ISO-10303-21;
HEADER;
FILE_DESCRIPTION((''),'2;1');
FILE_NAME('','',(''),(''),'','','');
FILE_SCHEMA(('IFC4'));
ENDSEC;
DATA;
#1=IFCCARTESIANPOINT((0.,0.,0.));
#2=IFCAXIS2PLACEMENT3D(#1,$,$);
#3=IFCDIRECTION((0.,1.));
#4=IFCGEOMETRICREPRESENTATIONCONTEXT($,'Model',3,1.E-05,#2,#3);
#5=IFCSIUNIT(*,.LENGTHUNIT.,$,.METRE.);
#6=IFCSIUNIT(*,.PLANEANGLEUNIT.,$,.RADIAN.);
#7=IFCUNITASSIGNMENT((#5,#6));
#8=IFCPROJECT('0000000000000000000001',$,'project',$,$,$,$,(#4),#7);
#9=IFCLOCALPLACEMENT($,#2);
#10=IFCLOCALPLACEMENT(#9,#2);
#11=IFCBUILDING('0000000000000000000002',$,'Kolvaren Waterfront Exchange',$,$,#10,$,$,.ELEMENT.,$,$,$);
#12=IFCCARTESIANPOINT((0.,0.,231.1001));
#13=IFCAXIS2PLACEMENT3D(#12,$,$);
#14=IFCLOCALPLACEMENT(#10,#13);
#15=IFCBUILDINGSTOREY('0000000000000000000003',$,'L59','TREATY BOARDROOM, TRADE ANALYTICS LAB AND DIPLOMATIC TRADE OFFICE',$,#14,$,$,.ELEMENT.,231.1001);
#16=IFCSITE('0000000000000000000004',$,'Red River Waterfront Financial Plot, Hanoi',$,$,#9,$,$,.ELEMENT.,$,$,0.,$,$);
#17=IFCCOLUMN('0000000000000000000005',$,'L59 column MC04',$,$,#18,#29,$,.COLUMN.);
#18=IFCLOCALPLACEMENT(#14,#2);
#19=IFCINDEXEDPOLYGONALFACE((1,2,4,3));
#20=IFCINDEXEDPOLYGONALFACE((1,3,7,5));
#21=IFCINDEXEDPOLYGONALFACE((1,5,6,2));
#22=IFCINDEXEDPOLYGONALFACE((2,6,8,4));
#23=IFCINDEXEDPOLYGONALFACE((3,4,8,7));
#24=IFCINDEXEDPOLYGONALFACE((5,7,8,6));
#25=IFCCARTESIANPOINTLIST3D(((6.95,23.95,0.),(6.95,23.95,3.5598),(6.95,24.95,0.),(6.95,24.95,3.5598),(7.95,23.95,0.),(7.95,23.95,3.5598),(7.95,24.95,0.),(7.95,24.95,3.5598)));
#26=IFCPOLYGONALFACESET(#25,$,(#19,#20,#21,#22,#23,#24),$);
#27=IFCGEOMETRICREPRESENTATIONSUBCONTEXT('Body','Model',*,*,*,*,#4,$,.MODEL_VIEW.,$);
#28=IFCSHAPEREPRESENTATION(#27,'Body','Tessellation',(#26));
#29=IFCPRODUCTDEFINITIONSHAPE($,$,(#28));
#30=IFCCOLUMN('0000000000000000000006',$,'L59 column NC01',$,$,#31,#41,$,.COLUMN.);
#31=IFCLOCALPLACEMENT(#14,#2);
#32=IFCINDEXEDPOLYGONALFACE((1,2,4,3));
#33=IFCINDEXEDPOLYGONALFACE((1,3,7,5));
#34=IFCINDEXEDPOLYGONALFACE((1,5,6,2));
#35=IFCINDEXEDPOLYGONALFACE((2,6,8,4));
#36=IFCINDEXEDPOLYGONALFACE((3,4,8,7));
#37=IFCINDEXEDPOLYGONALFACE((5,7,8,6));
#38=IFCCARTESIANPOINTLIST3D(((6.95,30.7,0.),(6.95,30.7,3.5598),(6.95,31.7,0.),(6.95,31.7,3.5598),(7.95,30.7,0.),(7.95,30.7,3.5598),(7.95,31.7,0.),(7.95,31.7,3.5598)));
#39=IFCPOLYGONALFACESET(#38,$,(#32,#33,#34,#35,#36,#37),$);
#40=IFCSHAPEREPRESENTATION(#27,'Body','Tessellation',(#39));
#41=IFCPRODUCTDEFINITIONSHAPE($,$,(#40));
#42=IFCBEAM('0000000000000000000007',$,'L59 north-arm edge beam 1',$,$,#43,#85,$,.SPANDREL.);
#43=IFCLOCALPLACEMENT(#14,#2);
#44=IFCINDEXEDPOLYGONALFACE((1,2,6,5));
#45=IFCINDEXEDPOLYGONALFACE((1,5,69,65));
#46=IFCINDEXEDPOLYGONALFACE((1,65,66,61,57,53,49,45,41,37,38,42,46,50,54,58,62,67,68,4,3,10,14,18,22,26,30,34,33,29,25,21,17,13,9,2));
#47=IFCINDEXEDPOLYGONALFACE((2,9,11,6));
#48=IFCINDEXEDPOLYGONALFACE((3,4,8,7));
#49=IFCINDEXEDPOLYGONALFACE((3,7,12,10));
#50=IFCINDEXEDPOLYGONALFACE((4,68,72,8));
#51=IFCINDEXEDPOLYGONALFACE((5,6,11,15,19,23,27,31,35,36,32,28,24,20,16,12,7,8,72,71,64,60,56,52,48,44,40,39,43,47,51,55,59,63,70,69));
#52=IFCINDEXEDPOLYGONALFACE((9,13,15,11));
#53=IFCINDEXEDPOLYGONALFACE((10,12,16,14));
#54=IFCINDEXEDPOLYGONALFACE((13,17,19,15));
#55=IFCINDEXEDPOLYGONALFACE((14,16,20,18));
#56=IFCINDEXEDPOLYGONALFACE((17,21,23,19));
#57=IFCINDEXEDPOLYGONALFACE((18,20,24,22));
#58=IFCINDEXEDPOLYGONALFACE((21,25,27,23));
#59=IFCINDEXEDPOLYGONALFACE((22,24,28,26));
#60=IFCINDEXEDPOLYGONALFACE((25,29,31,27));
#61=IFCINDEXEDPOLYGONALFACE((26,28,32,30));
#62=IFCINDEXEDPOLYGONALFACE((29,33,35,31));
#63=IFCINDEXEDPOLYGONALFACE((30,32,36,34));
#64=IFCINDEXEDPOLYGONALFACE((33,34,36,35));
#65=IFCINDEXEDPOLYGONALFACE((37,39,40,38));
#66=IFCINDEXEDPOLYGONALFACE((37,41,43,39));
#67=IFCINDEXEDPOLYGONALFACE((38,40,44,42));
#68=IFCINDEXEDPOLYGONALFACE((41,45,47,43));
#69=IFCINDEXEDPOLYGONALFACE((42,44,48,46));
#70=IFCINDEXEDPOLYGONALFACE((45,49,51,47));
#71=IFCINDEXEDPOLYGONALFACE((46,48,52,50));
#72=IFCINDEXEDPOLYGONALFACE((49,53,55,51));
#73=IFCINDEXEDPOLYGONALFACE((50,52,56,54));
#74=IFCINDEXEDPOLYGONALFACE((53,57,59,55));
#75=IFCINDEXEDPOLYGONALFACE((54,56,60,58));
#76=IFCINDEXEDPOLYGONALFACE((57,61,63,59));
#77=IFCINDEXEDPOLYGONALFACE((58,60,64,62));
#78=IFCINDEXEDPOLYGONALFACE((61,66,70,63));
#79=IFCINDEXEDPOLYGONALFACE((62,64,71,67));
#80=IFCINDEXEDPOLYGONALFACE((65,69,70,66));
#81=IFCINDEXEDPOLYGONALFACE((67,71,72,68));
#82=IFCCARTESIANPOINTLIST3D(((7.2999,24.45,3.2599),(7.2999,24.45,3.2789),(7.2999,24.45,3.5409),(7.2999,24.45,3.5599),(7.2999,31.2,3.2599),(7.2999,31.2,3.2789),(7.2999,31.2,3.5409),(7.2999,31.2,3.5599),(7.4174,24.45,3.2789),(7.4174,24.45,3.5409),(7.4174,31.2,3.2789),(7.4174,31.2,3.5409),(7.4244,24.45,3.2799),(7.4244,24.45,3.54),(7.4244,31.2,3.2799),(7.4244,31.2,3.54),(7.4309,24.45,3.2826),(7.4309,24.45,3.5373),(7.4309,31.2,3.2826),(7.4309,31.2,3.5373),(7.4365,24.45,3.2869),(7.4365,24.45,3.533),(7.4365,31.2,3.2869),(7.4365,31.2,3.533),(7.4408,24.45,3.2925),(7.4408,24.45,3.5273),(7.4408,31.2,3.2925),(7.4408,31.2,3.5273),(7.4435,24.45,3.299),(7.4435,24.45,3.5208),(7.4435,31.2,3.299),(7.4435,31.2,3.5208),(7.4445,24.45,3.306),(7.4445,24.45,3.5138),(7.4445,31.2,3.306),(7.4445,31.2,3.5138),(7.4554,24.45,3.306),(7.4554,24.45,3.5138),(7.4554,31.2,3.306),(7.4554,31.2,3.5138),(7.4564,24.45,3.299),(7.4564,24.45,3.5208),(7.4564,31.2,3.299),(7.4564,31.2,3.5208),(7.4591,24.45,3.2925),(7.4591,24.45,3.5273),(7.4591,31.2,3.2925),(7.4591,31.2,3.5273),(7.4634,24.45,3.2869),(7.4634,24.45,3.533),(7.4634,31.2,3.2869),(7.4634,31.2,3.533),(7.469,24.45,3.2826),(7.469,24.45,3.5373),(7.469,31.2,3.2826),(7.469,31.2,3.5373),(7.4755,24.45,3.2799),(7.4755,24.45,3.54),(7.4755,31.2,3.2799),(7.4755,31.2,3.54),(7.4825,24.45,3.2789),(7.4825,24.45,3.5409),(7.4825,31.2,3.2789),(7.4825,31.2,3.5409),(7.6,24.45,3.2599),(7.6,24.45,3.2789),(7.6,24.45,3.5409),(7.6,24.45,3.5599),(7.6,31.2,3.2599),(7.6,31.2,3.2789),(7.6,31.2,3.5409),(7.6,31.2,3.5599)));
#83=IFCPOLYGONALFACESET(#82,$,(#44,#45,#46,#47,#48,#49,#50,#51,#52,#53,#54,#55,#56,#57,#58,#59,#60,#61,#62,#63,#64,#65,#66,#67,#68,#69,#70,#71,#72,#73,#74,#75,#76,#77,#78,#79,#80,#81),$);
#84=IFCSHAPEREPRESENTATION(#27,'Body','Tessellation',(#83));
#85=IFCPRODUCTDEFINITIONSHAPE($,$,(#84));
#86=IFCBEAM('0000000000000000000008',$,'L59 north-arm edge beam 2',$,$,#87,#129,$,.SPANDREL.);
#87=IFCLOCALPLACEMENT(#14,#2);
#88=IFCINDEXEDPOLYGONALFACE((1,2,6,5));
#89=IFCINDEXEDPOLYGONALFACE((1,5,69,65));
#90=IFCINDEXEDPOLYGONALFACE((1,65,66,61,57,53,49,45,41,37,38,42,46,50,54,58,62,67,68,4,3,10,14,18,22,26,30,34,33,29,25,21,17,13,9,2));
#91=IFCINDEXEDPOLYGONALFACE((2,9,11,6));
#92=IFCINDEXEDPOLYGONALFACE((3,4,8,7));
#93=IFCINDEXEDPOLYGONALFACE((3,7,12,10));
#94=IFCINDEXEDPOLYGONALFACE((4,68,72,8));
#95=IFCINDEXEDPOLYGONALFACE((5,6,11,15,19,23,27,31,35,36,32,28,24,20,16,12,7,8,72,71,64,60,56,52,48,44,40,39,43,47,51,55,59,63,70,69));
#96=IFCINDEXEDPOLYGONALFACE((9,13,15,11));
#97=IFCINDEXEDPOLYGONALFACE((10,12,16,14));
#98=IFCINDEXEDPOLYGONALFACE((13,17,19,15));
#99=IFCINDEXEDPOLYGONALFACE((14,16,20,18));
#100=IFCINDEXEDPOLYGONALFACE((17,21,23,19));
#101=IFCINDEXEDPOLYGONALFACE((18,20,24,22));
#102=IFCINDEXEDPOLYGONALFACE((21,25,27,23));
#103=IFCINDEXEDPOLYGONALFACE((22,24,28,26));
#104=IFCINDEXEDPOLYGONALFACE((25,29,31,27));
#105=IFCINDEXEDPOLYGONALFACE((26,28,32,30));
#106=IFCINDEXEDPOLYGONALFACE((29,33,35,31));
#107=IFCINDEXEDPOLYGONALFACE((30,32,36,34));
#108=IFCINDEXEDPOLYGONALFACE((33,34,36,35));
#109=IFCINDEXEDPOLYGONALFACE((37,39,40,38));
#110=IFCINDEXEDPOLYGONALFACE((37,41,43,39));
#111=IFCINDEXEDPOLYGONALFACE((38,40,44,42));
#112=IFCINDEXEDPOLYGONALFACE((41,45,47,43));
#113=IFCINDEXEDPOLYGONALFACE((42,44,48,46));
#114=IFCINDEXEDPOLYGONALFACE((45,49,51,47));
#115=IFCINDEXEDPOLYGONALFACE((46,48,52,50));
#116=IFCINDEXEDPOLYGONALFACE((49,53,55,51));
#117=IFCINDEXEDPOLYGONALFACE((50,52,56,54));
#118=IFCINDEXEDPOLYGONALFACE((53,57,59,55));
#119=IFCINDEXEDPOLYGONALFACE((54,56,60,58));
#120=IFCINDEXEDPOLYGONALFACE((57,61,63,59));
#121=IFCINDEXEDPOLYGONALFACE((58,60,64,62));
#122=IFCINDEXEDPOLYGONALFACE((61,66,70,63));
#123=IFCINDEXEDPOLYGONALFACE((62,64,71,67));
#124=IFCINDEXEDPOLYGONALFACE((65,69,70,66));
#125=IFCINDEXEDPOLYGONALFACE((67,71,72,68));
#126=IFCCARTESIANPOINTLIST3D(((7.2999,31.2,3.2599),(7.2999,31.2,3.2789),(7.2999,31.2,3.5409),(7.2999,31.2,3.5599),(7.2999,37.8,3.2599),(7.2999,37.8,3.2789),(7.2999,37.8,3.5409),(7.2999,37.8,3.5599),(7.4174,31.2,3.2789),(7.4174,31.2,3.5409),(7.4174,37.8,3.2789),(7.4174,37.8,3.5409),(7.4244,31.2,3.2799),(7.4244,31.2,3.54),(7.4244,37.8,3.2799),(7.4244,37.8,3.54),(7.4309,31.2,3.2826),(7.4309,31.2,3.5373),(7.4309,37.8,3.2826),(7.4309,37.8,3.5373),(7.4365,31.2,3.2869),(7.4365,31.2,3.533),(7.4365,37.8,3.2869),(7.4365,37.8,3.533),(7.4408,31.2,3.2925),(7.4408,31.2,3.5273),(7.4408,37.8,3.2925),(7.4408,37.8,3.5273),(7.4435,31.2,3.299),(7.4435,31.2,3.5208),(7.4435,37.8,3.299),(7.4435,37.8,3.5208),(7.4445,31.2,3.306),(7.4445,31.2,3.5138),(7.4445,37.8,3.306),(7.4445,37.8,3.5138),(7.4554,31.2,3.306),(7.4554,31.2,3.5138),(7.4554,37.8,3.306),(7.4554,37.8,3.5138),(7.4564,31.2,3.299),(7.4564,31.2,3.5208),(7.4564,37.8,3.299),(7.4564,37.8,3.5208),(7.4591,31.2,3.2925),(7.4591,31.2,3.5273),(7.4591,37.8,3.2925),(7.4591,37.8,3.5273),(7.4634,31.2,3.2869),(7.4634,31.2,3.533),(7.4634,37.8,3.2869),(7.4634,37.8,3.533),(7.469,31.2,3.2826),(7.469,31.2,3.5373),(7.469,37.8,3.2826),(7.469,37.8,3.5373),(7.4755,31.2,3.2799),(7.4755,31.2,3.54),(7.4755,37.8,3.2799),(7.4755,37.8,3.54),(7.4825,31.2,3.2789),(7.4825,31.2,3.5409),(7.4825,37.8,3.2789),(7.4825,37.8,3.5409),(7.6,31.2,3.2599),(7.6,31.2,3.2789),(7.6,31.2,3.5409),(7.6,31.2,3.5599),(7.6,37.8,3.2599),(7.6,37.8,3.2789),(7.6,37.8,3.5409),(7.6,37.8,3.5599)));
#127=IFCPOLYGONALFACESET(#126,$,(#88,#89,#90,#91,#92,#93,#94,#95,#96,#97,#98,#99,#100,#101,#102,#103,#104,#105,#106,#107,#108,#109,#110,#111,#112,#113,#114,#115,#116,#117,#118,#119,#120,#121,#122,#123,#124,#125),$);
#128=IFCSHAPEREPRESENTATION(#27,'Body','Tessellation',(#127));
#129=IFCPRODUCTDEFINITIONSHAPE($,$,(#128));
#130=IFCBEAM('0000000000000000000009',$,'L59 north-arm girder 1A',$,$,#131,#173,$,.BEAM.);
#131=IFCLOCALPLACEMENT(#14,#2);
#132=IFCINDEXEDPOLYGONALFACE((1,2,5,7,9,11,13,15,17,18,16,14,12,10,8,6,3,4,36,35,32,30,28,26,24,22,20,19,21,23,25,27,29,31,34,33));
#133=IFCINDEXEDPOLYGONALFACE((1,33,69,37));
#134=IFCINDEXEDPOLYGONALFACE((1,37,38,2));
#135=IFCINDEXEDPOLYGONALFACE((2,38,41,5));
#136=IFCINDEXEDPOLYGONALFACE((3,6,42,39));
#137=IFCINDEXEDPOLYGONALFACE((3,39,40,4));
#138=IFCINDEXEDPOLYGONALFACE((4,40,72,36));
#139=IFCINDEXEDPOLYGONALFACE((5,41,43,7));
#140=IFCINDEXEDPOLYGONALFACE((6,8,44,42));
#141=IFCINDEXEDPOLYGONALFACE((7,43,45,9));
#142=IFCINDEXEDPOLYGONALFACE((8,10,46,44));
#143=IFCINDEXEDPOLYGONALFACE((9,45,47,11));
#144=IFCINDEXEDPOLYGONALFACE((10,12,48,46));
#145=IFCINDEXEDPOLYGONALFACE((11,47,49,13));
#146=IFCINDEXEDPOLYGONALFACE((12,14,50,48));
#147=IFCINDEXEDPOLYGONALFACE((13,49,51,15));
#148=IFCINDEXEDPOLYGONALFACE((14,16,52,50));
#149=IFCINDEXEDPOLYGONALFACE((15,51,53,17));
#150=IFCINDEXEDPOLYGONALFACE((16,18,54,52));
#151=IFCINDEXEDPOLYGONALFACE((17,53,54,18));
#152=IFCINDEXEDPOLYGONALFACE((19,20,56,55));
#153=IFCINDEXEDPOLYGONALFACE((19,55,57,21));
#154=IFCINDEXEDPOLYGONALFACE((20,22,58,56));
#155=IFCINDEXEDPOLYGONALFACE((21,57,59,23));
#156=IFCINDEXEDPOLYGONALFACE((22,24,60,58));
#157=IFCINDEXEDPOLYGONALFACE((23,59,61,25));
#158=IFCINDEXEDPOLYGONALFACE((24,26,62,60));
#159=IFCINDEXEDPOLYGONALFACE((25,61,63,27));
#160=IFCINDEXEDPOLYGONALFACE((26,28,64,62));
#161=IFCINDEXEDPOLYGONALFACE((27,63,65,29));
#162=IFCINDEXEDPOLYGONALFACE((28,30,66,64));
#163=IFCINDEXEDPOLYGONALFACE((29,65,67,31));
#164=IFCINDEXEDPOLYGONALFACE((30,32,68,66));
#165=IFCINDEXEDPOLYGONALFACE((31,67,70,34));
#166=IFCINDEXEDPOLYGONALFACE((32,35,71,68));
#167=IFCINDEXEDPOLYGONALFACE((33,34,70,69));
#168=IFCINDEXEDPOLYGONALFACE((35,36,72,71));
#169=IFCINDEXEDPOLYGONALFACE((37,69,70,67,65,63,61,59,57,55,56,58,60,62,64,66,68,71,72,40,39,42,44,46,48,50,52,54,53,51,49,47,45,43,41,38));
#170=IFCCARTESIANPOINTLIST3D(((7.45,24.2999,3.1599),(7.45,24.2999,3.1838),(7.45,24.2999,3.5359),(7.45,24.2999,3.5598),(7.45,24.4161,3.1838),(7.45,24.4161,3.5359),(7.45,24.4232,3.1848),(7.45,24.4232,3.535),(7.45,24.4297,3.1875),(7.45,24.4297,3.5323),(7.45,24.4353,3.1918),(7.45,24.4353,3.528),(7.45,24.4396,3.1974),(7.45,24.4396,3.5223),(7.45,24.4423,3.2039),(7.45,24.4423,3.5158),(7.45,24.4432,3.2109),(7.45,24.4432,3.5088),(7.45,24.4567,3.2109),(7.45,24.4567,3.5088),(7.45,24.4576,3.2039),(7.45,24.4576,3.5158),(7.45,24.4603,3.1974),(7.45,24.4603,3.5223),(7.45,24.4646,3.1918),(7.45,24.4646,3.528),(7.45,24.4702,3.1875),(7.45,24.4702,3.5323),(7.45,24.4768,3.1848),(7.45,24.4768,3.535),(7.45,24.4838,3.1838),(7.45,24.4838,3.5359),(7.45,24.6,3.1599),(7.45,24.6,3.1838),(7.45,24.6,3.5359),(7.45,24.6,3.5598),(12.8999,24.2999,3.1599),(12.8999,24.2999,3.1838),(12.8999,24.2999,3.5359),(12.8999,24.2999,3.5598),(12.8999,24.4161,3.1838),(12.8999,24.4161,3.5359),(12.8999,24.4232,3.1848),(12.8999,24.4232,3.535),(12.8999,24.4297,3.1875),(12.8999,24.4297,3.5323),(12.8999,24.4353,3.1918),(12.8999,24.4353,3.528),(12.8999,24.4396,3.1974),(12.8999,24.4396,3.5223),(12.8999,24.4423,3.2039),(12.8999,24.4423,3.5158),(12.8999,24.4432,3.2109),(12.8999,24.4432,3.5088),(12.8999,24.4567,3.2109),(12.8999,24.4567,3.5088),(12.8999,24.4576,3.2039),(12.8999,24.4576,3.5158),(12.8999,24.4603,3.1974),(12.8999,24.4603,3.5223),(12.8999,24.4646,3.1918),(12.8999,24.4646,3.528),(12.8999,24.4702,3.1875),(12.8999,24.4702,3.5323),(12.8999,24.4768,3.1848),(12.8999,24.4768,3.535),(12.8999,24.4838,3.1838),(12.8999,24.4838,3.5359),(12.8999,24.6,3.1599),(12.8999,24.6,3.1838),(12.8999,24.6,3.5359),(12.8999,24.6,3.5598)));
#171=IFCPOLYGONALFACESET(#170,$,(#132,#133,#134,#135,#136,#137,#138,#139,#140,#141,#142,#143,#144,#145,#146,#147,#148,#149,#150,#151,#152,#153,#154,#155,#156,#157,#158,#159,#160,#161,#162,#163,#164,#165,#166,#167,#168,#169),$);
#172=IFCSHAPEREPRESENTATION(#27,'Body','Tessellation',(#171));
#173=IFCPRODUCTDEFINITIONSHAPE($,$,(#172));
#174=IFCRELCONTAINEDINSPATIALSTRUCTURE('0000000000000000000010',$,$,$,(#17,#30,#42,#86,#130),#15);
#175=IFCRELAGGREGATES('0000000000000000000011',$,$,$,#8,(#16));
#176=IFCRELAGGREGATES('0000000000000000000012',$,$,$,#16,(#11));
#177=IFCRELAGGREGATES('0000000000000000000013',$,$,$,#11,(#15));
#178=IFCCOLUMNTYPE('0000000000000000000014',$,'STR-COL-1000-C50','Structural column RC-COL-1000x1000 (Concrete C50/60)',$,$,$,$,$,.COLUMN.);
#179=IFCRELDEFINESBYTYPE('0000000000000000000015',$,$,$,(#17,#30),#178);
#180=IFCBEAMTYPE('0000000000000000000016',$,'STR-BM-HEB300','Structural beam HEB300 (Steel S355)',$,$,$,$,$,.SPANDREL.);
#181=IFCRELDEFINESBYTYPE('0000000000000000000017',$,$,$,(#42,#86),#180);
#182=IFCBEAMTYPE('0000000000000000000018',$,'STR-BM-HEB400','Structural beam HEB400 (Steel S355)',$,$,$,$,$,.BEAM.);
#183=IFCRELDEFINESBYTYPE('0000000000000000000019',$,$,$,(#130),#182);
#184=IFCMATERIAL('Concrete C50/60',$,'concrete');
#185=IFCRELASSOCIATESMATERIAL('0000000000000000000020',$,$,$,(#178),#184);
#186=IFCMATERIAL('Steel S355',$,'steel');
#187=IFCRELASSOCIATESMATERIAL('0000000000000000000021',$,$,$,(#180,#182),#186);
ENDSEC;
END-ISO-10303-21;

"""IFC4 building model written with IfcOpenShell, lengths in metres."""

from ifc_helpers import new_model, si_unit, direction, frame, origin, origin_2d, place, context, subcontext, project, spatial, rectangle, i_section, extrude, material, material_profile, profile_set, type_object, element, save


model = new_model("IFC4")

# Units and contexts
model_context = context("Model", 3, precision=1e-05, world=origin(), true_north=direction((0.0, 1.0)))
body_context = subcontext(model_context, "Body", "Model", "MODEL_VIEW")
ifc_project = project(units=[si_unit("LENGTHUNIT", "METRE"), si_unit("PLANEANGLEUNIT", "RADIAN")], contexts=[model_context])

# Site, building, storey
site_placement = place(None, origin())
site = spatial("IfcSite", under=ifc_project, at=site_placement, Name="Red River Waterfront Financial Plot, Hanoi", CompositionType="ELEMENT", RefElevation=0.0)
building_placement = place(site_placement, origin())
building = spatial("IfcBuilding", under=site, at=building_placement, Name="Kolvaren Waterfront Exchange", CompositionType="ELEMENT")
storey_placement = place(building_placement, frame((0.0, 0.0, 231.1001)))
storey = spatial("IfcBuildingStorey", under=building, at=storey_placement, Name="L59", Description="TREATY BOARDROOM, TRADE ANALYTICS LAB AND DIPLOMATIC TRADE OFFICE", CompositionType="ELEMENT", Elevation=231.1001)

# Columns
ifc_material_1 = material(Name="Concrete C50/60", Category="concrete")
ifc_material_profile_1 = material_profile(ifc_material_1, rectangle(XDim=1.0, YDim=1.0, at=origin_2d()), Name="RC-COL-1000x1000")
ifc_profile_set_1 = profile_set([ifc_material_profile_1], Name="Concrete C50/60")
column_type = type_object("IfcColumnType", Name="STR-COL-1000-C50", Description="Structural column RC-COL-1000x1000 (Concrete C50/60)", PredefinedType="COLUMN", material=ifc_profile_set_1)
for number, where, z_axis, x_axis, name in (
    (1, (7.45, 24.45, 0.0), (0.0, 0.0, 1.0), (1.0, 0.0, 0.0), "L59 column MC04"),
    (2, (7.45, 31.2, 0.0), (0.0, 0.0, 1.0), (1.0, 0.0, 0.0), "L59 column NC01"),
):
    element("IfcColumn", number, at=place(storey_placement, frame(where, z_axis=z_axis, x_axis=x_axis)), inside=storey, type_object=column_type, Name=name, PredefinedType="COLUMN", context=body_context, shape_type="SweptSolid", body=[
        extrude(rectangle(XDim=1.0, YDim=1.0, at=origin_2d()), origin(), (0.0, 0.0, 1.0), 3.5598),
    ])

# Beams
ifc_material_2 = material(Name="Steel S355", Category="steel")
ifc_material_profile_2 = material_profile(ifc_material_2, i_section(OverallWidth=0.3, OverallDepth=0.3, WebThickness=0.011, FlangeThickness=0.019, FilletRadius=0.0271, at=origin_2d()), Name="HEB300")
ifc_profile_set_2 = profile_set([ifc_material_profile_2], Name="Steel S355")
beam_type_1 = type_object("IfcBeamType", Name="STR-BM-HEB300", Description="Structural beam HEB300 (Steel S355)", PredefinedType="SPANDREL", material=ifc_profile_set_2)
beam_1_placement = place(storey_placement, frame((7.45, 24.45, 3.4099), z_axis=(0.0, 1.0, 0.0), x_axis=(-1.0, 0.0, 0.0)))
element("IfcBeam", 3, at=beam_1_placement, inside=storey, type_object=beam_type_1, Name="L59 north-arm edge beam 1", PredefinedType="SPANDREL", context=body_context, shape_type="SweptSolid", body=[
    extrude(i_section(OverallWidth=0.3, OverallDepth=0.3, WebThickness=0.011, FlangeThickness=0.019, FilletRadius=0.0271, at=origin_2d()), origin(), (0.0, 0.0, 1.0), 6.75),
])
beam_2_placement = place(storey_placement, frame((7.45, 31.2, 3.4099), z_axis=(0.0, 1.0, 0.0), x_axis=(-1.0, 0.0, 0.0)))
element("IfcBeam", 4, at=beam_2_placement, inside=storey, type_object=beam_type_1, Name="L59 north-arm edge beam 2", PredefinedType="SPANDREL", context=body_context, shape_type="SweptSolid", body=[
    extrude(i_section(OverallWidth=0.3, OverallDepth=0.3, WebThickness=0.011, FlangeThickness=0.019, FilletRadius=0.0271, at=origin_2d()), origin(), (0.0, 0.0, 1.0), 6.6001),
])
ifc_material_profile_3 = material_profile(ifc_material_2, i_section(OverallWidth=0.3, OverallDepth=0.3999, WebThickness=0.0134, FlangeThickness=0.0239, FilletRadius=0.0271, at=origin_2d()), Name="HEB400")
ifc_profile_set_3 = profile_set([ifc_material_profile_3], Name="Steel S355")
beam_type_2 = type_object("IfcBeamType", Name="STR-BM-HEB400", Description="Structural beam HEB400 (Steel S355)", PredefinedType="BEAM", material=ifc_profile_set_3)
for number, where, z_axis, x_axis, name in (
    (5, (7.45, 24.45, 3.3599), (1.0, 0.0, 0.0), (0.0, 1.0, 0.0), "L59 north-arm girder 1A"),
):
    element("IfcBeam", number, at=place(storey_placement, frame(where, z_axis=z_axis, x_axis=x_axis)), inside=storey, type_object=beam_type_2, Name=name, PredefinedType="BEAM", context=body_context, shape_type="SweptSolid", body=[
        extrude(i_section(OverallWidth=0.3, OverallDepth=0.3999, WebThickness=0.0134, FlangeThickness=0.0239, FilletRadius=0.0271, at=origin_2d()), origin(), (0.0, 0.0, 1.0), 5.45),
    ])

save(model, "model.ifc")
